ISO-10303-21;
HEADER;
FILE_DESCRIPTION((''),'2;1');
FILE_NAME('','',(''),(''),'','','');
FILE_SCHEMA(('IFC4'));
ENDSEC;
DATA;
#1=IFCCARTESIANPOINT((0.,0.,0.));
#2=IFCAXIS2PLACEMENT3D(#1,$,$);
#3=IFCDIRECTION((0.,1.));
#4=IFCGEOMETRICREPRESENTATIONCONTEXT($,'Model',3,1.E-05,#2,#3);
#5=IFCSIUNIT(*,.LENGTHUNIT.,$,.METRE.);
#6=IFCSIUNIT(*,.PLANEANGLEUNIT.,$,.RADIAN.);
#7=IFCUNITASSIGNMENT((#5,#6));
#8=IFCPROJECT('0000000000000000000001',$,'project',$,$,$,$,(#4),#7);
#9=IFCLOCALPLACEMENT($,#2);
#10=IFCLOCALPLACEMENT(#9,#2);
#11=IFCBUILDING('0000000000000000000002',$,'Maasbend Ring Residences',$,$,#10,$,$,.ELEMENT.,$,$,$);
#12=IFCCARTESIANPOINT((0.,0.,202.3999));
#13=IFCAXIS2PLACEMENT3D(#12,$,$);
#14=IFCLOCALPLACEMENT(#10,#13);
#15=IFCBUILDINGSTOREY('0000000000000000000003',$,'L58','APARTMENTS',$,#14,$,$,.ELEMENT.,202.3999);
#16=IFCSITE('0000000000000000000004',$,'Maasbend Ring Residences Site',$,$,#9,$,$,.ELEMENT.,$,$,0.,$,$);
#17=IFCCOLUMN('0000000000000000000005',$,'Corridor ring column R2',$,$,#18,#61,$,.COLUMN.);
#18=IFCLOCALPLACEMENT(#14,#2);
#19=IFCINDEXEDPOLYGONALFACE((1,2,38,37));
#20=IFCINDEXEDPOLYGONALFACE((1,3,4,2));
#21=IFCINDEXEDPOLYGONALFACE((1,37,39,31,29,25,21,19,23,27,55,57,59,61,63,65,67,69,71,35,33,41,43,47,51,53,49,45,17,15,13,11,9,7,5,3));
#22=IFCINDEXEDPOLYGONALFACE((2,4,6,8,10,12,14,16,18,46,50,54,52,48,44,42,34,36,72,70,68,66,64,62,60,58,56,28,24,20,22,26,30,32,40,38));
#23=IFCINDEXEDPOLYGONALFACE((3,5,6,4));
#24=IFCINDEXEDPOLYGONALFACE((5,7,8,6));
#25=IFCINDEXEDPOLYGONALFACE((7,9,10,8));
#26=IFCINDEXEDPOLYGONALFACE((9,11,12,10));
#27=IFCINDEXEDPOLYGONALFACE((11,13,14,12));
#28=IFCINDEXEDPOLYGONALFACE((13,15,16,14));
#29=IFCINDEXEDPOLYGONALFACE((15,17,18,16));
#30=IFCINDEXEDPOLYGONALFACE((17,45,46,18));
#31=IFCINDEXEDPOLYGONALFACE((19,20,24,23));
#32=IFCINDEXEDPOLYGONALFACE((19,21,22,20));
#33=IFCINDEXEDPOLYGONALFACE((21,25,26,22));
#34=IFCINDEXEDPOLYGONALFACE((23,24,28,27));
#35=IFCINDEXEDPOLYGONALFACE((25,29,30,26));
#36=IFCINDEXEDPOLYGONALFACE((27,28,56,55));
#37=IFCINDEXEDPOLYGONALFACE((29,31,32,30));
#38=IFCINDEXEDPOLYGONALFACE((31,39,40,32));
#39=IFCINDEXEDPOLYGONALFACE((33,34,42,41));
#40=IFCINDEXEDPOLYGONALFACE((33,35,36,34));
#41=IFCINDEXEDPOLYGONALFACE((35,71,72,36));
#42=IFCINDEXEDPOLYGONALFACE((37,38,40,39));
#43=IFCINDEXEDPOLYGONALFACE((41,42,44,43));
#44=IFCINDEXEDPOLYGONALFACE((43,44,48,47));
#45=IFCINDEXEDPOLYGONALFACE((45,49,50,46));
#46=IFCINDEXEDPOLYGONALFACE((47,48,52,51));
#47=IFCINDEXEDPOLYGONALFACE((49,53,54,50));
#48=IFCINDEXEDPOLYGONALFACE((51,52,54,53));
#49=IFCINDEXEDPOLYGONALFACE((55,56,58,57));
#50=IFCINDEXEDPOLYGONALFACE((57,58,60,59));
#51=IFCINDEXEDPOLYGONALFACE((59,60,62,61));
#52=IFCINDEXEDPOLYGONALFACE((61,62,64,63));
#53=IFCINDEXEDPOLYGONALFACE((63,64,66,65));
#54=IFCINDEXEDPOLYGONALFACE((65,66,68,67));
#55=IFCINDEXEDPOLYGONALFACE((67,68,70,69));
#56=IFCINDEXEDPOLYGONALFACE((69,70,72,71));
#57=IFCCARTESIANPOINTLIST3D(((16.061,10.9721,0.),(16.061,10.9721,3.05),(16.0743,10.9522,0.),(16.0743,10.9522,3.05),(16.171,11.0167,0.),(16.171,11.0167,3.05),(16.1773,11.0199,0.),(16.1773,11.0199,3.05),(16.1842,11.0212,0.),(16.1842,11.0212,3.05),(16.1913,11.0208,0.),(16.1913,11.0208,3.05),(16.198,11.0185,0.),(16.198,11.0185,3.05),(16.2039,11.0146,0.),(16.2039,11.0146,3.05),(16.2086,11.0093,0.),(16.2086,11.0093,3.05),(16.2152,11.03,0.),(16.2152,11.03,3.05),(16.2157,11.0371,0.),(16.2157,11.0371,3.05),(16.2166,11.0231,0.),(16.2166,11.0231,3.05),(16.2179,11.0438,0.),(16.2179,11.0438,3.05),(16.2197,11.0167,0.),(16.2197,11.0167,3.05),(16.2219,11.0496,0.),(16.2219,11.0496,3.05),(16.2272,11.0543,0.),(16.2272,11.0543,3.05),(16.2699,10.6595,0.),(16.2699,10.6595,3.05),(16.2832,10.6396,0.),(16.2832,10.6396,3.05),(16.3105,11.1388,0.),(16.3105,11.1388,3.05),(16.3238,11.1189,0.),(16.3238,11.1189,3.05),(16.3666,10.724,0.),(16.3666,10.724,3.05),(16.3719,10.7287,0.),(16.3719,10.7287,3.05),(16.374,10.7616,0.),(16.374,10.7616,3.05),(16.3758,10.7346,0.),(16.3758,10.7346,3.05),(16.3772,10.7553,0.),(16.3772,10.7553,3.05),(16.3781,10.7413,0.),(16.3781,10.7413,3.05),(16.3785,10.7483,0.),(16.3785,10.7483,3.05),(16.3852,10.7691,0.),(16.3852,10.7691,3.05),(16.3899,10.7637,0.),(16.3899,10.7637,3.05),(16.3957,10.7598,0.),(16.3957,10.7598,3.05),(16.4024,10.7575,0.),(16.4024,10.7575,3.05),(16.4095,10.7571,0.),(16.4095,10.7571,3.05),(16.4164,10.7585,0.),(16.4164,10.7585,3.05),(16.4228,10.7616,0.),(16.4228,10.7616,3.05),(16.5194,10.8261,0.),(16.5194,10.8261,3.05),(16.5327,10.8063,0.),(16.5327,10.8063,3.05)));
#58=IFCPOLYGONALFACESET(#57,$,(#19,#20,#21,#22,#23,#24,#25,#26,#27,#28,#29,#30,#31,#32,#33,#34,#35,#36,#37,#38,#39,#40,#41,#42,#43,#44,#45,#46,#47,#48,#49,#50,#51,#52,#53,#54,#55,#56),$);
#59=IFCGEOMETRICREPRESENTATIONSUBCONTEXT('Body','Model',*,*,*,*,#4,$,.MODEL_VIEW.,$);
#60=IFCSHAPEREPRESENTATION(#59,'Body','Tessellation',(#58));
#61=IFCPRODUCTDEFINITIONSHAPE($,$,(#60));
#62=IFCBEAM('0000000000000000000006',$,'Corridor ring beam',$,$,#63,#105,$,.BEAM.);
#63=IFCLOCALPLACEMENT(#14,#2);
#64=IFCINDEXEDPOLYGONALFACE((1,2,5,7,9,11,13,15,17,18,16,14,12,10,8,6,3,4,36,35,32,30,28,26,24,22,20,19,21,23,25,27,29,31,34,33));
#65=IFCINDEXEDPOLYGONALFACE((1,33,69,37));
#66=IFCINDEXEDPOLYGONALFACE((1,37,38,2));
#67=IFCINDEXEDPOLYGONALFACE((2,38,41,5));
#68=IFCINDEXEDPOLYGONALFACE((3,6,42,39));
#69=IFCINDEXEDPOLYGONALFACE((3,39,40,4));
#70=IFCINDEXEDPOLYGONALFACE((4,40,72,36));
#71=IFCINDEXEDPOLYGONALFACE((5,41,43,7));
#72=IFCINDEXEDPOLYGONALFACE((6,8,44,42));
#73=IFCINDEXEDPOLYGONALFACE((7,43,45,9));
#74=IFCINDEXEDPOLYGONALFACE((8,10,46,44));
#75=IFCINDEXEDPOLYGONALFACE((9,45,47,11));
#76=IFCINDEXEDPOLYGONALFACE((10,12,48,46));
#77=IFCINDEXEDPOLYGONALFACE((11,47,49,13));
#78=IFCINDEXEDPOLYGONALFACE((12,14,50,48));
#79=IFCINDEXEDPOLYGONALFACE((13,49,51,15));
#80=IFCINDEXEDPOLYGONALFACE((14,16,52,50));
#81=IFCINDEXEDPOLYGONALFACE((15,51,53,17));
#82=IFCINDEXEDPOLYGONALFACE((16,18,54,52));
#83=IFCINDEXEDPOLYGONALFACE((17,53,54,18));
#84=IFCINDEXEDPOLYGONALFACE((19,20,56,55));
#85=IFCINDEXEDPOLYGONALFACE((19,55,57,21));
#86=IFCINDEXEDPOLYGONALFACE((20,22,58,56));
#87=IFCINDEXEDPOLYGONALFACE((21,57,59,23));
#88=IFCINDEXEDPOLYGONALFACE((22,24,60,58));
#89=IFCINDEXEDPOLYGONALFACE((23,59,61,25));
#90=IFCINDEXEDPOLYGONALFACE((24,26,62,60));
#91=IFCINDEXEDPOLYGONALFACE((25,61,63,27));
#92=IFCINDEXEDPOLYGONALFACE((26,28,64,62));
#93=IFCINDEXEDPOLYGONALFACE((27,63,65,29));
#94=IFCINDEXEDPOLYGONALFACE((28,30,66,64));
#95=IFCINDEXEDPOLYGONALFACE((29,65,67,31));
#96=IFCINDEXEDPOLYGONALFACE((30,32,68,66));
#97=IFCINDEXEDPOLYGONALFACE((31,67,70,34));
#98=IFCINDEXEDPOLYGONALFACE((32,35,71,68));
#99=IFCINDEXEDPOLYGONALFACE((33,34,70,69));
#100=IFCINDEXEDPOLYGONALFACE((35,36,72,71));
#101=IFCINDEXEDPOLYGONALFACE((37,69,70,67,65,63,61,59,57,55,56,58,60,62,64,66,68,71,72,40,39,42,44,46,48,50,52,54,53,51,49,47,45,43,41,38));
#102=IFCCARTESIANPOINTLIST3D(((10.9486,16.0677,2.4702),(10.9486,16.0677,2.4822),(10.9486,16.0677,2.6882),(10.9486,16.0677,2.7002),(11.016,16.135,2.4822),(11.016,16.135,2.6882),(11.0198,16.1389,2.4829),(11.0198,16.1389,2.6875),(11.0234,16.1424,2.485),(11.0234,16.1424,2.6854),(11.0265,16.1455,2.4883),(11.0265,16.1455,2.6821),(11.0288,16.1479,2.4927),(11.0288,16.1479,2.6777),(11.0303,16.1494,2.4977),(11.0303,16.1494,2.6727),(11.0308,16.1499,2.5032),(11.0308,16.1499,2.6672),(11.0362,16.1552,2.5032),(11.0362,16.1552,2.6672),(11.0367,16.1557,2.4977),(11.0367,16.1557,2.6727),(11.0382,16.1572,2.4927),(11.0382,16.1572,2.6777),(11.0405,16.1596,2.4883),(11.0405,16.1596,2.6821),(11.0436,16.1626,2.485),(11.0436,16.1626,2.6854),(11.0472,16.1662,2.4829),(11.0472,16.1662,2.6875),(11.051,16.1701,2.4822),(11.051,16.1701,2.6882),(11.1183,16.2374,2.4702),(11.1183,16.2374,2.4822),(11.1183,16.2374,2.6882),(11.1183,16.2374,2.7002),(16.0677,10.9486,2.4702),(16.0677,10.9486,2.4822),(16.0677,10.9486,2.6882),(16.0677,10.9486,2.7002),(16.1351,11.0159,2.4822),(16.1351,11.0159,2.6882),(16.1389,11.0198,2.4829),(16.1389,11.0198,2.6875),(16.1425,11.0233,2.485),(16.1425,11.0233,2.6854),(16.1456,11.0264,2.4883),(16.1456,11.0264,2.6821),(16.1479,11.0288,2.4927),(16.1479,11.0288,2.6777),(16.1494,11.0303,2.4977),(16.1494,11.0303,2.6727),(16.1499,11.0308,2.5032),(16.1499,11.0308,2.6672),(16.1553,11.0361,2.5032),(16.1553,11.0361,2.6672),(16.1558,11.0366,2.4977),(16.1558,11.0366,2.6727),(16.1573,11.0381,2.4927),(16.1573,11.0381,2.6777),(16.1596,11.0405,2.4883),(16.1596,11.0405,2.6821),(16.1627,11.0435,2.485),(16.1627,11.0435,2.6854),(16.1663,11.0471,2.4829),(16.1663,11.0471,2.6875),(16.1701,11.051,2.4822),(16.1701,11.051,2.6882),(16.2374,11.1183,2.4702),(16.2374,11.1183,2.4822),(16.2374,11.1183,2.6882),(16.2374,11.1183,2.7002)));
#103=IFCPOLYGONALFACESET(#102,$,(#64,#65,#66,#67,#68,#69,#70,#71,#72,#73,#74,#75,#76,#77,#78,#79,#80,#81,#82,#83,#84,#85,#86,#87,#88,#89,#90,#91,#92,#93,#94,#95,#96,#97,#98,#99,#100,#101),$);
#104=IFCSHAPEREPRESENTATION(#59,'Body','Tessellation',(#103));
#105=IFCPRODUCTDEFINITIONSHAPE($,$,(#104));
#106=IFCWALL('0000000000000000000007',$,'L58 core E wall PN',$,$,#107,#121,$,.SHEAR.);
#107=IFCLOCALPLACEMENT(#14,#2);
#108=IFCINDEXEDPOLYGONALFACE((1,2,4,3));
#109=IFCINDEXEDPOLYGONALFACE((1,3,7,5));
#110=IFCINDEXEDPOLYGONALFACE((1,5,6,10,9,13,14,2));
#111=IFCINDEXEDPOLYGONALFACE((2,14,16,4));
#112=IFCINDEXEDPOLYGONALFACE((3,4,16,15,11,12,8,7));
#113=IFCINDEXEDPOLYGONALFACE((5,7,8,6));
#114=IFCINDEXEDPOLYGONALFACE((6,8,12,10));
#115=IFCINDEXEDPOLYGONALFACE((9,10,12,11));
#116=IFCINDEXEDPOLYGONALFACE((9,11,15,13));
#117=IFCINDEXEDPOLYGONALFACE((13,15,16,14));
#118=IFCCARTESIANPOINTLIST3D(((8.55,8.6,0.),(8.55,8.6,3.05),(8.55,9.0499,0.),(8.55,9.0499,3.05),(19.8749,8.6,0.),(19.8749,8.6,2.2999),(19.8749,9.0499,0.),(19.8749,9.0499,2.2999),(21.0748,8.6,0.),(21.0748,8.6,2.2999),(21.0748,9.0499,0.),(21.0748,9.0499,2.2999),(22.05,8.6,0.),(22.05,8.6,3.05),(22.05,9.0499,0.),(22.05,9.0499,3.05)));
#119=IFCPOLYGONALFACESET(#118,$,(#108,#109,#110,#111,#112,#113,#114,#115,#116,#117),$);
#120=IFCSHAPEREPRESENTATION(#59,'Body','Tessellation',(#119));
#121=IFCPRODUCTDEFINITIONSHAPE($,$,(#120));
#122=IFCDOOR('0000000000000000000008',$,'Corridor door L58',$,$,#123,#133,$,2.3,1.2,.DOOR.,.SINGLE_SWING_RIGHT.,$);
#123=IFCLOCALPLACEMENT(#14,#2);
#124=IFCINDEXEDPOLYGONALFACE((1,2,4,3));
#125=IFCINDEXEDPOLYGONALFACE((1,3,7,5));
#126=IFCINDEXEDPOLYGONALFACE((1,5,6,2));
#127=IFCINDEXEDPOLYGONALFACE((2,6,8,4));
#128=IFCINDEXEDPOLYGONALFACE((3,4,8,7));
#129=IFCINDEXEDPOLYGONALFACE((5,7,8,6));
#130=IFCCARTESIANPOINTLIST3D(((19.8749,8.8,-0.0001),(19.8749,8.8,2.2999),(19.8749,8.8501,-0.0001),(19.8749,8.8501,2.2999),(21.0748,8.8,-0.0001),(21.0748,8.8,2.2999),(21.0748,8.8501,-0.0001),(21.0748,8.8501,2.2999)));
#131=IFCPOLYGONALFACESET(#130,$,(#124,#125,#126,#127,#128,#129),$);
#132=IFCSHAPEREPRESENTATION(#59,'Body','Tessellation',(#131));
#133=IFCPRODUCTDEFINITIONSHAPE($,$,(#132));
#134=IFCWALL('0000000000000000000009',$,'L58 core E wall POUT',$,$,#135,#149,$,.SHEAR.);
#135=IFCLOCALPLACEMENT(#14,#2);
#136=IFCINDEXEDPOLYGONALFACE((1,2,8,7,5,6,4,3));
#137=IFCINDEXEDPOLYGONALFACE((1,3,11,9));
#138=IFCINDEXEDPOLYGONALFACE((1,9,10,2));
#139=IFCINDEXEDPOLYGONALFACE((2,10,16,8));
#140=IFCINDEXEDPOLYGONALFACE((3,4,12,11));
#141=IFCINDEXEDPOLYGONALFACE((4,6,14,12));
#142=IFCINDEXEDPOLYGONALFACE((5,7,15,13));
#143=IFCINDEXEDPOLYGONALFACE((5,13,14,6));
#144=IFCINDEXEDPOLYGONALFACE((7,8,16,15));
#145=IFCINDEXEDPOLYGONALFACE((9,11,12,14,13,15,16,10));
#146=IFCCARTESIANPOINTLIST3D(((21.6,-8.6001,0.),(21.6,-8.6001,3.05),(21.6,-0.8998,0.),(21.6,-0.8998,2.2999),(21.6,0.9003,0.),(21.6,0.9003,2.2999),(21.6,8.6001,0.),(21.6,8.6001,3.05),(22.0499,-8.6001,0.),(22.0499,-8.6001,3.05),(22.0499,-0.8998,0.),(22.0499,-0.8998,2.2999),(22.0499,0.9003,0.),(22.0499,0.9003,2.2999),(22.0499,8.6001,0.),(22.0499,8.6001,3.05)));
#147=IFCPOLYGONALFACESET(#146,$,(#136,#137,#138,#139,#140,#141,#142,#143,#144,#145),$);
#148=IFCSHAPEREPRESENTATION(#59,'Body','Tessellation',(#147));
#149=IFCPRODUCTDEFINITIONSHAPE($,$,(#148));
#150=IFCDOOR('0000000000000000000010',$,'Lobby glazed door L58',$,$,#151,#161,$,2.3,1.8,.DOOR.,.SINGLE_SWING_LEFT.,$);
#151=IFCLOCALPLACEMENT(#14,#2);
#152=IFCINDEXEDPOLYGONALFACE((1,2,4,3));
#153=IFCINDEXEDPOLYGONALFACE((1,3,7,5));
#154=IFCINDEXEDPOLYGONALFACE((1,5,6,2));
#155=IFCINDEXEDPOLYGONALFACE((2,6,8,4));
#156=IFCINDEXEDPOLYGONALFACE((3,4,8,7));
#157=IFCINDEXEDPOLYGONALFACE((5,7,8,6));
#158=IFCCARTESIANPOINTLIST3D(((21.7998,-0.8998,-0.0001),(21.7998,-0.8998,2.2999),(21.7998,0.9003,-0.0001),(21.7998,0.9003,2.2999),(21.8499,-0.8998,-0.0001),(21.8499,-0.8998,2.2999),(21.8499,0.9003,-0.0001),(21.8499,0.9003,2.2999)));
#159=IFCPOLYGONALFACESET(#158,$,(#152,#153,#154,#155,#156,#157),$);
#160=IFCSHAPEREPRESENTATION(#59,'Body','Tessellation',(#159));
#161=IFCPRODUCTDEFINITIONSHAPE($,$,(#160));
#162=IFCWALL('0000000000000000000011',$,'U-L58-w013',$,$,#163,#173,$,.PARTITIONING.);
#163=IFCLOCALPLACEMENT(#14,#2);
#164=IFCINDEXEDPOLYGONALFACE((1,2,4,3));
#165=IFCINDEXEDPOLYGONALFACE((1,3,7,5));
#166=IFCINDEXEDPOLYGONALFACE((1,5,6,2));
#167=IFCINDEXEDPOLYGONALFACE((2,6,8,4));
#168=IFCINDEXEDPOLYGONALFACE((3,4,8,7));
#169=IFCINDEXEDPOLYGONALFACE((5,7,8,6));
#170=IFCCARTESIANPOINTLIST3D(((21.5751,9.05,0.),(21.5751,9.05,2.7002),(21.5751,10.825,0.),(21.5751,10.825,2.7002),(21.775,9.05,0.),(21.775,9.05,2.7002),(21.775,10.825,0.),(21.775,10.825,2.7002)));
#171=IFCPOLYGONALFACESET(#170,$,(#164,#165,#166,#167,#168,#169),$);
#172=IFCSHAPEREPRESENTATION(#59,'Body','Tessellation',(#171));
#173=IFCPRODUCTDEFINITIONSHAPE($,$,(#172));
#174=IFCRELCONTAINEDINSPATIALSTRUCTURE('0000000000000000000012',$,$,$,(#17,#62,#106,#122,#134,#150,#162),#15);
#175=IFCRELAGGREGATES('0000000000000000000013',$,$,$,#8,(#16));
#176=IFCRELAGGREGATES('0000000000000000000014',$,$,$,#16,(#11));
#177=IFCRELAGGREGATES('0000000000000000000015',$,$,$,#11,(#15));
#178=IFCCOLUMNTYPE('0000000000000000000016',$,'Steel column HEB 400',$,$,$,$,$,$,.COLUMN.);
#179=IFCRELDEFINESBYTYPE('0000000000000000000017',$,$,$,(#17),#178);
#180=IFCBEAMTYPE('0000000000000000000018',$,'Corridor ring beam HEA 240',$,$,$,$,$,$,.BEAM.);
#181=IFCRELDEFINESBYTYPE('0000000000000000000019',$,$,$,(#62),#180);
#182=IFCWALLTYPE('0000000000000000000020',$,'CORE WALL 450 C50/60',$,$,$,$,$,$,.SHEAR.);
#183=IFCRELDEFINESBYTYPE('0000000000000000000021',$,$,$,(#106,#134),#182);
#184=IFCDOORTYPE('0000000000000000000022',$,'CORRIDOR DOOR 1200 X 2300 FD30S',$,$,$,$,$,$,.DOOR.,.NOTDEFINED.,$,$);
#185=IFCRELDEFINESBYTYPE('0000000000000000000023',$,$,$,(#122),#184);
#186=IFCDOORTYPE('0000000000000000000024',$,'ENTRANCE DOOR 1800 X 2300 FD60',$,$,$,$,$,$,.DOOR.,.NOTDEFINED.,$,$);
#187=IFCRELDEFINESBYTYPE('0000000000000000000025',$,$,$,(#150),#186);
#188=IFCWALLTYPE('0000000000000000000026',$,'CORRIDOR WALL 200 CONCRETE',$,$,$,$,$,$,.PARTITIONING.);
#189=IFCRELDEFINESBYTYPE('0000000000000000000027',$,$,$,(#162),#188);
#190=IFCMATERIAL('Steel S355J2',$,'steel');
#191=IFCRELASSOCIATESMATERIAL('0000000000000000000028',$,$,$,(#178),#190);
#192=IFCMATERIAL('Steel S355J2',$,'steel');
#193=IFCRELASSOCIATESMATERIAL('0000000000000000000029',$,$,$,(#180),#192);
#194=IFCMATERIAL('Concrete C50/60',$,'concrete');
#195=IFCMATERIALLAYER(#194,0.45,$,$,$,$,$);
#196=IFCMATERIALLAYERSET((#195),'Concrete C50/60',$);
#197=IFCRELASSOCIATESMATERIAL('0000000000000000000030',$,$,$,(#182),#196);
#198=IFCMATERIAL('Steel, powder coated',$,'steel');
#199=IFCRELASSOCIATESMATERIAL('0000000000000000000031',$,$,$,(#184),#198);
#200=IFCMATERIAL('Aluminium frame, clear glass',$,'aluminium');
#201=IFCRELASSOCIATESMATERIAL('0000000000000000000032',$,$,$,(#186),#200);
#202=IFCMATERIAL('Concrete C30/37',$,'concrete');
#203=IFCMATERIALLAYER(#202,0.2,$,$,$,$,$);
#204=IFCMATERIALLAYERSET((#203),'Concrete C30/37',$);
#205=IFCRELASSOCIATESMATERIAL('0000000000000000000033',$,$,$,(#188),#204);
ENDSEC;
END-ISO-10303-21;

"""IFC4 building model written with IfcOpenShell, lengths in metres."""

from ifc_helpers import new_model, si_unit, direction, frame, frame_2d, origin, origin_2d, place, context, subcontext, project, spatial, rectangle, i_section, extrude, material, layer, layer_set, material_profile, profile_set, type_object, element, fill, save


model = new_model("IFC4")

# Units and contexts
model_context = context("Model", 3, precision=1e-05, world=origin(), true_north=direction((0.0, 1.0)))
body_context = subcontext(model_context, "Body", "Model", "MODEL_VIEW")
ifc_project = project(units=[si_unit("LENGTHUNIT", "METRE"), si_unit("PLANEANGLEUNIT", "RADIAN")], contexts=[model_context])

# Site, building, storey
site_placement = place(None, origin())
site = spatial("IfcSite", under=ifc_project, at=site_placement, Name="Maasbend Ring Residences Site", CompositionType="ELEMENT", RefElevation=0.0)
building_placement = place(site_placement, origin())
building = spatial("IfcBuilding", under=site, at=building_placement, Name="Maasbend Ring Residences", CompositionType="ELEMENT")
storey_placement = place(building_placement, frame((0.0, 0.0, 202.3999)))
storey = spatial("IfcBuildingStorey", under=building, at=storey_placement, Name="L58", Description="APARTMENTS", CompositionType="ELEMENT", Elevation=202.3999)

# Column
ifc_material_1 = material(Name="Steel S355J2", Category="steel")
ifc_material_profile_1 = material_profile(ifc_material_1, i_section(OverallWidth=0.3, OverallDepth=0.3999, WebThickness=0.0134, FlangeThickness=0.0239, FilletRadius=0.0271, at=origin_2d()), Name="HEB 400")
ifc_profile_set_1 = profile_set([ifc_material_profile_1], Name="Steel S355J2")
column_type = type_object("IfcColumnType", Name="Steel column HEB 400", PredefinedType="COLUMN", material=ifc_profile_set_1)
column_placement = place(storey_placement, frame((16.2969, 10.8892, 0.0), z_axis=(0.0, 0.0, 1.0), x_axis=(0.83147, 0.55557, 0.0)))
element("IfcColumn", 1, at=column_placement, inside=storey, type_object=column_type, Name="Corridor ring column R2", PredefinedType="COLUMN", context=body_context, shape_type="SweptSolid", body=[
    extrude(i_section(OverallWidth=0.3, OverallDepth=0.3999, WebThickness=0.0134, FlangeThickness=0.0239, FilletRadius=0.0271, at=origin_2d()), origin(), (0.0, 0.0, 1.0), 3.05),
])

# Beam
ifc_material_2 = material(Name="Steel S355J2", Category="steel")
ifc_material_profile_2 = material_profile(ifc_material_2, i_section(OverallWidth=0.24, OverallDepth=0.23, WebThickness=0.0076, FlangeThickness=0.012, FilletRadius=0.021, at=origin_2d()), Name="HEA 240")
ifc_profile_set_2 = profile_set([ifc_material_profile_2], Name="Steel S355J2")
beam_type = type_object("IfcBeamType", Name="Corridor ring beam HEA 240", PredefinedType="BEAM", material=ifc_profile_set_2)
beam_placement = place(storey_placement, frame((16.1526, 11.0334, 2.5852), z_axis=(-0.707107, 0.707107, 0.0), x_axis=(-0.707107, -0.707107, 0.0)))
element("IfcBeam", 2, at=beam_placement, inside=storey, type_object=beam_type, Name="Corridor ring beam", PredefinedType="BEAM", context=body_context, shape_type="SweptSolid", body=[
    extrude(i_section(OverallWidth=0.24, OverallDepth=0.23, WebThickness=0.0076, FlangeThickness=0.012, FilletRadius=0.021, at=origin_2d()), origin(), (0.0, 0.0, 1.0), 7.2395),
])

# Walls, openings, doors
ifc_material_3 = material(Name="Concrete C50/60", Category="concrete")
ifc_layer_1 = layer(ifc_material_3, 0.45)
ifc_layer_set_1 = layer_set([ifc_layer_1], Name="Concrete C50/60")
wall_type_1 = type_object("IfcWallType", Name="CORE WALL 450 C50/60", PredefinedType="SHEAR", material=ifc_layer_set_1)
wall_1_placement = place(storey_placement, frame((22.05, 8.825, 0.0), z_axis=(0.0, 0.0, 1.0), x_axis=(-1.0, 0.0, 0.0)))
wall_1 = element("IfcWall", 3, at=wall_1_placement, inside=storey, type_object=wall_type_1, Name="L58 core E wall PN", PredefinedType="SHEAR", context=body_context, shape_type="SweptSolid", body=[
    extrude(rectangle(XDim=13.5, YDim=0.45, at=frame_2d((6.75, 0.0))), origin(), (0.0, 0.0, 1.0), 3.05),
])
opening_1_placement = place(wall_1_placement, frame((0.9751, 0.0, 0.0)))
opening_1 = element("IfcOpeningElement", 4, at=opening_1_placement, cuts=wall_1, PredefinedType="OPENING", context=body_context, shape_type="SweptSolid", body=[
    extrude(rectangle(XDim=1.2, YDim=2.3, at=frame_2d((0.6001, 1.1499))), frame((0.0, 0.2349, 0.0), z_axis=(0.0, -1.0, 0.0), x_axis=(1.0, 0.0, 0.0)), (0.0, 0.0, 1.0), 0.47),
])
ifc_material_4 = material(Name="Steel, powder coated", Category="steel")
door_type_1 = type_object("IfcDoorType", Name="CORRIDOR DOOR 1200 X 2300 FD30S", OperationType="NOTDEFINED", PredefinedType="DOOR", material=ifc_material_4)
door_1_placement = place(opening_1_placement, origin())
door_1 = element("IfcDoor", 5, at=door_1_placement, inside=storey, type_object=door_type_1, Name="Corridor door L58", OperationType="SINGLE_SWING_RIGHT", OverallHeight=2.3, OverallWidth=1.2, PredefinedType="DOOR", context=body_context, shape_type="SweptSolid", body=[
    extrude(rectangle(XDim=1.2, YDim=2.3, at=frame_2d((0.6001, 1.1499))), frame((0.0, 0.0249, 0.0), z_axis=(0.0, -1.0, 0.0), x_axis=(1.0, 0.0, 0.0)), (0.0, 0.0, 1.0), 0.05),
])
fill(opening_1, door_1)
wall_2_placement = place(storey_placement, frame((21.825, 8.6001, 0.0), z_axis=(0.0, 0.0, 1.0), x_axis=(0.0, -1.0, 0.0)))
wall_2 = element("IfcWall", 6, at=wall_2_placement, inside=storey, type_object=wall_type_1, Name="L58 core E wall POUT", PredefinedType="SHEAR", context=body_context, shape_type="SweptSolid", body=[
    extrude(rectangle(XDim=17.2002, YDim=0.45, at=frame_2d((8.6001, 0.0))), origin(), (0.0, 0.0, 1.0), 3.05),
])
opening_2_placement = place(wall_2_placement, frame((7.7, 0.0, 0.0)))
opening_2 = element("IfcOpeningElement", 7, at=opening_2_placement, cuts=wall_2, PredefinedType="OPENING", context=body_context, shape_type="SweptSolid", body=[
    extrude(rectangle(XDim=1.8, YDim=2.3, at=frame_2d((0.8999, 1.1499))), frame((0.0, 0.2349, 0.0), z_axis=(0.0, -1.0, 0.0), x_axis=(1.0, 0.0, 0.0)), (0.0, 0.0, 1.0), 0.47),
])
ifc_material_5 = material(Name="Aluminium frame, clear glass", Category="aluminium")
door_type_2 = type_object("IfcDoorType", Name="ENTRANCE DOOR 1800 X 2300 FD60", OperationType="NOTDEFINED", PredefinedType="DOOR", material=ifc_material_5)
door_2_placement = place(opening_2_placement, origin())
door_2 = element("IfcDoor", 8, at=door_2_placement, inside=storey, type_object=door_type_2, Name="Lobby glazed door L58", OperationType="SINGLE_SWING_LEFT", OverallHeight=2.3, OverallWidth=1.8, PredefinedType="DOOR", context=body_context, shape_type="SweptSolid", body=[
    extrude(rectangle(XDim=1.8, YDim=2.3, at=frame_2d((0.8999, 1.1499))), frame((0.0, 0.0249, 0.0), z_axis=(0.0, -1.0, 0.0), x_axis=(1.0, 0.0, 0.0)), (0.0, 0.0, 1.0), 0.05),
])
fill(opening_2, door_2)

# Wall
ifc_material_6 = material(Name="Concrete C30/37", Category="concrete")
ifc_layer_2 = layer(ifc_material_6, 0.2)
ifc_layer_set_2 = layer_set([ifc_layer_2], Name="Concrete C30/37")
wall_type_2 = type_object("IfcWallType", Name="CORRIDOR WALL 200 CONCRETE", PredefinedType="PARTITIONING", material=ifc_layer_set_2)
wall_3_placement = place(storey_placement, frame((21.675, 9.05, 0.0), z_axis=(0.0, 0.0, 1.0), x_axis=(0.0, 1.0, 0.0)))
element("IfcWall", 9, at=wall_3_placement, inside=storey, type_object=wall_type_2, Name="U-L58-w013", PredefinedType="PARTITIONING", context=body_context, shape_type="SweptSolid", body=[
    extrude(rectangle(XDim=1.7749, YDim=0.2, at=frame_2d((0.8875, 0.0))), origin(), (0.0, 0.0, 1.0), 2.7002),
])

save(model, "model.ifc")
